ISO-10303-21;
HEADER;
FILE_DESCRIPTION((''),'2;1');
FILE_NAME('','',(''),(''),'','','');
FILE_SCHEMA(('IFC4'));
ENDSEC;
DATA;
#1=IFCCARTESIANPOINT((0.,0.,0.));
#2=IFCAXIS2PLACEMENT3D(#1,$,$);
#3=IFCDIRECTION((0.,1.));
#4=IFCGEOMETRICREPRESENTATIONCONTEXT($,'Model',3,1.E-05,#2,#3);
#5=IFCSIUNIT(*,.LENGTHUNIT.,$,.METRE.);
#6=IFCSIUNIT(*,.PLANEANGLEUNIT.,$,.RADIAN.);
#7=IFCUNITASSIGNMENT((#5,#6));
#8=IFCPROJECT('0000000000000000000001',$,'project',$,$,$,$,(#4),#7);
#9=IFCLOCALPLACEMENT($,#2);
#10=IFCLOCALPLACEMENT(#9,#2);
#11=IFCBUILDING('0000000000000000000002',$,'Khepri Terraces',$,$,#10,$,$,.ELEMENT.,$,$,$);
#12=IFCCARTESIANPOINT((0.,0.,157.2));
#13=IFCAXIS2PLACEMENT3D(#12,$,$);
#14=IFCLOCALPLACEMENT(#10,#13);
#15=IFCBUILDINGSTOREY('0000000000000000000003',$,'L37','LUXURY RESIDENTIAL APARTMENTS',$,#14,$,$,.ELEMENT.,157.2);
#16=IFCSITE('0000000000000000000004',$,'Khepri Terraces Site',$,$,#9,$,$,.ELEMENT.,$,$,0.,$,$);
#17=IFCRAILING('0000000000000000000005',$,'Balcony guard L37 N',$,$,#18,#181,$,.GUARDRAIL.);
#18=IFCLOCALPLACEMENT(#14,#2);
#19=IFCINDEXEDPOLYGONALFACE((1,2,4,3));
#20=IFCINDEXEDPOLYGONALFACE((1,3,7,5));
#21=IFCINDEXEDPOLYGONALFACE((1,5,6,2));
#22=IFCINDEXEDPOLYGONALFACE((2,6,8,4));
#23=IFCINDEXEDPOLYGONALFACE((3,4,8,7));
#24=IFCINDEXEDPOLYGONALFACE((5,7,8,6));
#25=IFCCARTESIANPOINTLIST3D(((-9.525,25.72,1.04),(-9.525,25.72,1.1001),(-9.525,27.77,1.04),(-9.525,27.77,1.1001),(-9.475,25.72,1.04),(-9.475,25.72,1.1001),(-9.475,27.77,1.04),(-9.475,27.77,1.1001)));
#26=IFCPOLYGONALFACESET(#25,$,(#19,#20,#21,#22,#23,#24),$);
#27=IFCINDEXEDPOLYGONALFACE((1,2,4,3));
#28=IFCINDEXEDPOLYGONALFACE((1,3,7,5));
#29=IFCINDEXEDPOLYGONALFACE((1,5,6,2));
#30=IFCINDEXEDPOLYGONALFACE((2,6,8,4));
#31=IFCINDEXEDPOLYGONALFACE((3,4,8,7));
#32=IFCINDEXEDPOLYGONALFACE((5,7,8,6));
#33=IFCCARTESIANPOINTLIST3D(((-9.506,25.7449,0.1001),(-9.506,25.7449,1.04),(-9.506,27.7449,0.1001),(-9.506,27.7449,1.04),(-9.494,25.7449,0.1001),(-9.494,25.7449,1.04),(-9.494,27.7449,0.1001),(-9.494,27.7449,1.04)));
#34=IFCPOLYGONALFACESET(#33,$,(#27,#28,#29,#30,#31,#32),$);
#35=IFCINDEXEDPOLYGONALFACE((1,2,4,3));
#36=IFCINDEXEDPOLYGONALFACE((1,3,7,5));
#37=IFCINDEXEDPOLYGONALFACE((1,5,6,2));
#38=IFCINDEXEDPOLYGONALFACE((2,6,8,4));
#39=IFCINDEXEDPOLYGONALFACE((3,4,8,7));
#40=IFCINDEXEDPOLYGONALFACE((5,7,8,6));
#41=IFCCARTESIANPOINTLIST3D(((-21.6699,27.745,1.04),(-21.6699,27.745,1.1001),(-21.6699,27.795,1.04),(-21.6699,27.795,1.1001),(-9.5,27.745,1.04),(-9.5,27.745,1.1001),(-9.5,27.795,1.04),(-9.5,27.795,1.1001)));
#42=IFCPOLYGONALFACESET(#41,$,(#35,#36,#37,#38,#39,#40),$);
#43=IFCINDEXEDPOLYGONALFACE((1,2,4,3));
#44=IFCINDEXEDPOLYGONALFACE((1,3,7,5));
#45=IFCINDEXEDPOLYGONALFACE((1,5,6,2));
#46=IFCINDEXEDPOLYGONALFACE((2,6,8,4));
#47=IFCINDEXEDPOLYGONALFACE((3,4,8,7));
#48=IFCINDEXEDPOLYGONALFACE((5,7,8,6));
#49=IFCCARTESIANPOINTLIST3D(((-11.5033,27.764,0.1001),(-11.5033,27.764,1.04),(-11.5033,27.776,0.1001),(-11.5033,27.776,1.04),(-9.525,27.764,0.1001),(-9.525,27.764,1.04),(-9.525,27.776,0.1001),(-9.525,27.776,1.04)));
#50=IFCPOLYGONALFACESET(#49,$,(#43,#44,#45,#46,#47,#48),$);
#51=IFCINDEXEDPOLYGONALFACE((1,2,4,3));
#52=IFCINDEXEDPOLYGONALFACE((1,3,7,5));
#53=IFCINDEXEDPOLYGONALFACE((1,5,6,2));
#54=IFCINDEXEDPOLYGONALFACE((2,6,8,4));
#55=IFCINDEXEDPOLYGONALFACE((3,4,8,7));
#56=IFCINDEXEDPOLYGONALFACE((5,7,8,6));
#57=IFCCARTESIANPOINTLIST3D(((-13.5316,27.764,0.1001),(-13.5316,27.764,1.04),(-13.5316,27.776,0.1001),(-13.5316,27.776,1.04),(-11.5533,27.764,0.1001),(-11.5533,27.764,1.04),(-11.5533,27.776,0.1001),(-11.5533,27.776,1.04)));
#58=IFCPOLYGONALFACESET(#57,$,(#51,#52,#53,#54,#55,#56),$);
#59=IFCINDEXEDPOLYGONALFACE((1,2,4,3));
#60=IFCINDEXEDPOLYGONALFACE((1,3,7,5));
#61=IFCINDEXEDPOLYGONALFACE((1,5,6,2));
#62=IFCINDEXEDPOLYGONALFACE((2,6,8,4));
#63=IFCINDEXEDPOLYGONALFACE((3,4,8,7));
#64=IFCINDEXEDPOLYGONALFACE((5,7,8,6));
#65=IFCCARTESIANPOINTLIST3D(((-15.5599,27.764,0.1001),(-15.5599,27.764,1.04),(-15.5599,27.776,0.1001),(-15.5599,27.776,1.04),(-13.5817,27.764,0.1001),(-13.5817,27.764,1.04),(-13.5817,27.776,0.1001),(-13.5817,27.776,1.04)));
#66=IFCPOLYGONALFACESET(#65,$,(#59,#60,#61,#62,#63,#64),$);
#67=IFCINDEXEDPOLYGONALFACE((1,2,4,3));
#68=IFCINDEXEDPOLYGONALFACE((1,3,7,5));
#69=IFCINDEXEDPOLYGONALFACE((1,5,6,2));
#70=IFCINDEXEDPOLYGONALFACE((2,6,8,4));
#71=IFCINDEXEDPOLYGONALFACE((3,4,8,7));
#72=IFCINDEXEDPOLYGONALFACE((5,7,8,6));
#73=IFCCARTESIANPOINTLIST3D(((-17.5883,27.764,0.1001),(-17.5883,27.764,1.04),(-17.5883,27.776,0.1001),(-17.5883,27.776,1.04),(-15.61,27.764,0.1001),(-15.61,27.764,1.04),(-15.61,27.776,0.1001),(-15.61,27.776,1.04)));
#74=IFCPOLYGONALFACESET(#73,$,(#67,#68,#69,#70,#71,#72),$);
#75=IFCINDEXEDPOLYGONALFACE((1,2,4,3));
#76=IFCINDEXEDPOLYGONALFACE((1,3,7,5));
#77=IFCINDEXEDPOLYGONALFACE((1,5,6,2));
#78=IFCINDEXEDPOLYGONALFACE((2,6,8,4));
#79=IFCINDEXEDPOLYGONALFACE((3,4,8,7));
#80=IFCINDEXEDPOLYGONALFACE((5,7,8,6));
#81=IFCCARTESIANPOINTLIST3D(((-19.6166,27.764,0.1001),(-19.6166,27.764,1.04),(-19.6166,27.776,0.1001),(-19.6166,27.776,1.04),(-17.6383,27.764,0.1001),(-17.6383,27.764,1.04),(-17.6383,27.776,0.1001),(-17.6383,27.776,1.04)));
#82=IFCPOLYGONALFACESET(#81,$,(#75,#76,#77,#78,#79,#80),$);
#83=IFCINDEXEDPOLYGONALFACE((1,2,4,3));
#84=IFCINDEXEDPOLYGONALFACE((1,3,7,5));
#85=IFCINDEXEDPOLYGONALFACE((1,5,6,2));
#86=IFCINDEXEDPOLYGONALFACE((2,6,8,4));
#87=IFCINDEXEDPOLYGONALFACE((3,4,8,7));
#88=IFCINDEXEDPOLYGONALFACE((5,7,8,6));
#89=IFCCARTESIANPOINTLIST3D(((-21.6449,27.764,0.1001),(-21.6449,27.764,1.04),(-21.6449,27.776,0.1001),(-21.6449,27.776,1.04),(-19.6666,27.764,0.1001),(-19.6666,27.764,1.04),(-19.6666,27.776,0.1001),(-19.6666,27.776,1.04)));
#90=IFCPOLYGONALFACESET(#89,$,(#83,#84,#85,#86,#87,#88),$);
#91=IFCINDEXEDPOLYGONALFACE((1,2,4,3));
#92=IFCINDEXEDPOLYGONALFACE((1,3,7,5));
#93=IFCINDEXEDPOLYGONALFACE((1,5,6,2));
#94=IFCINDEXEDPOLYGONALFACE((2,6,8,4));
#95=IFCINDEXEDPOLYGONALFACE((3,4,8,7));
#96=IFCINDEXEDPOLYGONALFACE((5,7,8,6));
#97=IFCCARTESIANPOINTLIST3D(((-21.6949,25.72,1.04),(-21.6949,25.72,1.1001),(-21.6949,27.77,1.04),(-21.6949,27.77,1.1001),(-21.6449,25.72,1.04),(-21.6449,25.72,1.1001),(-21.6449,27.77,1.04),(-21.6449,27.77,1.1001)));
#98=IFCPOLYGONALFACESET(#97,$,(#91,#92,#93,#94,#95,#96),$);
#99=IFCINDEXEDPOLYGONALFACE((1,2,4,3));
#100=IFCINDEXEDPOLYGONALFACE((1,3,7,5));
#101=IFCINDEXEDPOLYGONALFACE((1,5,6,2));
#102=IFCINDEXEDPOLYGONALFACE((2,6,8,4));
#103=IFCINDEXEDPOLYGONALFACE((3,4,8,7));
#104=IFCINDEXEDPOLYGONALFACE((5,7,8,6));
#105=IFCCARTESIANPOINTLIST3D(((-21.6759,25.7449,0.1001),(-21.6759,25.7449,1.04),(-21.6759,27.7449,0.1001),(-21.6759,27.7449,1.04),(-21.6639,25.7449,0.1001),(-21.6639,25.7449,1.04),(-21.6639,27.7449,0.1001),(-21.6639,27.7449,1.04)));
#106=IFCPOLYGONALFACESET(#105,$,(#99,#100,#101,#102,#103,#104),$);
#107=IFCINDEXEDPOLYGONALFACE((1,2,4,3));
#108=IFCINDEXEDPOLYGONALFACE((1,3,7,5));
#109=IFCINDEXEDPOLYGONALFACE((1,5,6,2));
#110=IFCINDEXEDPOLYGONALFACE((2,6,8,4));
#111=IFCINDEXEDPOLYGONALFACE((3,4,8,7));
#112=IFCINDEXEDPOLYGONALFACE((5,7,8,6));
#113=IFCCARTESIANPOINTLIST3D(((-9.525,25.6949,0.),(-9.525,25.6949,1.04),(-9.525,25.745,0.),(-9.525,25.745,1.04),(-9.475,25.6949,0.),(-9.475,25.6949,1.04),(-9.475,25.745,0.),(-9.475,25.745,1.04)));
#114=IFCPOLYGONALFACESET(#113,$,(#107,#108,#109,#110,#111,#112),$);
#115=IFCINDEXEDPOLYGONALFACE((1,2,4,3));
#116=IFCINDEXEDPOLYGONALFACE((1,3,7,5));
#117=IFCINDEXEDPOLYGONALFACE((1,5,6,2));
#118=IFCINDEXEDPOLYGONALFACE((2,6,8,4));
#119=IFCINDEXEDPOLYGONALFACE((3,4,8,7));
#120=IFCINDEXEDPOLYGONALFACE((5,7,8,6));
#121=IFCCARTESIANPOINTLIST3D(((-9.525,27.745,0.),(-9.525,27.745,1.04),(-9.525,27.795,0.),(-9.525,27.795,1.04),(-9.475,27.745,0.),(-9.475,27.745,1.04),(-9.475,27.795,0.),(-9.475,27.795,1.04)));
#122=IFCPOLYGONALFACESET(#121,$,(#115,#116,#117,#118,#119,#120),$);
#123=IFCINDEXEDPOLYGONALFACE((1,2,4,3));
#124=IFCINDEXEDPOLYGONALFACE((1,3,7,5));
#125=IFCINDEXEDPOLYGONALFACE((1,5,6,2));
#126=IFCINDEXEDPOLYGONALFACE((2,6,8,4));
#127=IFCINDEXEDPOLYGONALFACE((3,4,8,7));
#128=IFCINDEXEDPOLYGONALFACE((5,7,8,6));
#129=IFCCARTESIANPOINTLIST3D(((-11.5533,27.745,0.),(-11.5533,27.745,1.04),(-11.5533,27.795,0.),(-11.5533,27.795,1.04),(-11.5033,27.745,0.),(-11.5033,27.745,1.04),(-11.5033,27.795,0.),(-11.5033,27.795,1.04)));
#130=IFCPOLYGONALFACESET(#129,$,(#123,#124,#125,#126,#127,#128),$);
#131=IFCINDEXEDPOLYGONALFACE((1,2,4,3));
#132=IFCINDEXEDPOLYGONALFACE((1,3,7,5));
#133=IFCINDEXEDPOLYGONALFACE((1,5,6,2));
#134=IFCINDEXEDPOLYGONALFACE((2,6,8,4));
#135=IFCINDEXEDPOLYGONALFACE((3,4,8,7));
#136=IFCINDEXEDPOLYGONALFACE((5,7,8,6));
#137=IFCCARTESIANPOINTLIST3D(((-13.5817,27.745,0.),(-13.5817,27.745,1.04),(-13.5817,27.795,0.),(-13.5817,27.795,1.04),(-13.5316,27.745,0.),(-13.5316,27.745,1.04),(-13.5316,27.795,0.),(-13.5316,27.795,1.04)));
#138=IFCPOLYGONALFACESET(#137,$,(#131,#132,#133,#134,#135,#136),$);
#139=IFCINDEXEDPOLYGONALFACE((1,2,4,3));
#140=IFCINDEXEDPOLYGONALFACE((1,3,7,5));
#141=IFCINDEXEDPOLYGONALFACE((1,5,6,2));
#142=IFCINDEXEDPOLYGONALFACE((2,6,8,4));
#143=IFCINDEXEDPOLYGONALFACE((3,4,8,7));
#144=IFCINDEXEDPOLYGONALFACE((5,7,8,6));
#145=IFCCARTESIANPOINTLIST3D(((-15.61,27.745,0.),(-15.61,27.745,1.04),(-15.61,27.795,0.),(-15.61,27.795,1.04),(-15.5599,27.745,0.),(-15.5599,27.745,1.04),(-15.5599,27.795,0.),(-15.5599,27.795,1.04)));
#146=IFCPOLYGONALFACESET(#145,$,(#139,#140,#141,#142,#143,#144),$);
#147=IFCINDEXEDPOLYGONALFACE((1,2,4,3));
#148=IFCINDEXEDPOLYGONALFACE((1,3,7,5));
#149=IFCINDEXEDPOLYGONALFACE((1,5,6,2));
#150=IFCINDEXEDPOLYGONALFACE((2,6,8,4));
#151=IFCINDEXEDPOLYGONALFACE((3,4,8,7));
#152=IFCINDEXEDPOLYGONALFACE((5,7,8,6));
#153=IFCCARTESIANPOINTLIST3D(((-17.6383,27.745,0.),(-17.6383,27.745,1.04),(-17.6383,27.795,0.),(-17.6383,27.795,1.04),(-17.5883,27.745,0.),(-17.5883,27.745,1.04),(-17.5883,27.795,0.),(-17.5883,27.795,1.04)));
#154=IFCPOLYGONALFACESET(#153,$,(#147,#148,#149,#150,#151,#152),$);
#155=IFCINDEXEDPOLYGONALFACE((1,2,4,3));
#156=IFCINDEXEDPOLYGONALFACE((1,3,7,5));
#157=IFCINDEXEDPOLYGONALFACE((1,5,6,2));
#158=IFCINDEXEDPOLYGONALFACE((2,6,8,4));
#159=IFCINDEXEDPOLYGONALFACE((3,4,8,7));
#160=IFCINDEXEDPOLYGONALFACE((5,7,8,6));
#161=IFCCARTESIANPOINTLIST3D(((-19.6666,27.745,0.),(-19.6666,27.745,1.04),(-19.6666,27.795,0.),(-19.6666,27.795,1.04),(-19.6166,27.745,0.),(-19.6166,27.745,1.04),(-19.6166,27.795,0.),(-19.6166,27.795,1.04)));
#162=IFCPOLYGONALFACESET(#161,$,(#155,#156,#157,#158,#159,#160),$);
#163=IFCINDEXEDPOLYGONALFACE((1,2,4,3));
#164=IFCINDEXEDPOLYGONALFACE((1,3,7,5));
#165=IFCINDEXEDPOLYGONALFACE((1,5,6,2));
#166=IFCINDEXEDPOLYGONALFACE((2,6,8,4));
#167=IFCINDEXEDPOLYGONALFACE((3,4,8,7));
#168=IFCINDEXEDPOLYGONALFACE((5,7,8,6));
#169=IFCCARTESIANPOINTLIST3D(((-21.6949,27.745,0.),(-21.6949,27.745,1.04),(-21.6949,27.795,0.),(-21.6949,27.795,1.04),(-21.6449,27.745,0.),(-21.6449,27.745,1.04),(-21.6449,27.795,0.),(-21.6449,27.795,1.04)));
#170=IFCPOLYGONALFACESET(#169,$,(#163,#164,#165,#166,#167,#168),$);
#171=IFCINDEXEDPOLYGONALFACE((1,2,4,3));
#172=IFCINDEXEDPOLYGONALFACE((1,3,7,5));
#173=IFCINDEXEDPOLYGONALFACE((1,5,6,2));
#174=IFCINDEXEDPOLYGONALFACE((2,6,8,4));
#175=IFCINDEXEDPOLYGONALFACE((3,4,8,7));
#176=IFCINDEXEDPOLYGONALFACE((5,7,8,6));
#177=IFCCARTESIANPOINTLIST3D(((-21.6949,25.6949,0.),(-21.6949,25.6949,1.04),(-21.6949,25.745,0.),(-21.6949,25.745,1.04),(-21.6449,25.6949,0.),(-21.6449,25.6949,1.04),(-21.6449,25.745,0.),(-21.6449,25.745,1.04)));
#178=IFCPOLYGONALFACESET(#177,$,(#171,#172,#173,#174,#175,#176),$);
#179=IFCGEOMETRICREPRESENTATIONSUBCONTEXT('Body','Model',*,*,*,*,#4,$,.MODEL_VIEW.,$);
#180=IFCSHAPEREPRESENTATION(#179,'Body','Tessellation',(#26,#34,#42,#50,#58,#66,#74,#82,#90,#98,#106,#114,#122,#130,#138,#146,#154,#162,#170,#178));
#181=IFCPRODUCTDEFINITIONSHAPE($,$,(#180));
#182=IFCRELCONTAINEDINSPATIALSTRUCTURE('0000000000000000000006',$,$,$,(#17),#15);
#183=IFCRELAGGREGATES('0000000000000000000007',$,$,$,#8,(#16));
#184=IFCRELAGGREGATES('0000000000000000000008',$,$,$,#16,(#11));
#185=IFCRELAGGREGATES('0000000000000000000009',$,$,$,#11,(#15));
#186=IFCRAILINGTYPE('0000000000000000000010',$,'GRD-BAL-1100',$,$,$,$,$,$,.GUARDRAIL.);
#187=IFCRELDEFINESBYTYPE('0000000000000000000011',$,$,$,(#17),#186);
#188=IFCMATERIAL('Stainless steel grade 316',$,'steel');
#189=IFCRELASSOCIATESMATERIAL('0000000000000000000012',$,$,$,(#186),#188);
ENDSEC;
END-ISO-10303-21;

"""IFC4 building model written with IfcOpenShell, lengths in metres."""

from ifc_helpers import new_model, si_unit, direction, frame, origin, origin_2d, place, context, subcontext, project, spatial, rectangle, extrude, material, type_object, element, save


model = new_model("IFC4")

# Units and contexts
model_context = context("Model", 3, precision=1e-05, world=origin(), true_north=direction((0.0, 1.0)))
body_context = subcontext(model_context, "Body", "Model", "MODEL_VIEW")
ifc_project = project(units=[si_unit("LENGTHUNIT", "METRE"), si_unit("PLANEANGLEUNIT", "RADIAN")], contexts=[model_context])

# Site, building, storey
site_placement = place(None, origin())
site = spatial("IfcSite", under=ifc_project, at=site_placement, Name="Khepri Terraces Site", CompositionType="ELEMENT", RefElevation=0.0)
building_placement = place(site_placement, origin())
building = spatial("IfcBuilding", under=site, at=building_placement, Name="Khepri Terraces", CompositionType="ELEMENT")
storey_placement = place(building_placement, frame((0.0, 0.0, 157.2)))
storey = spatial("IfcBuildingStorey", under=building, at=storey_placement, Name="L37", Description="LUXURY RESIDENTIAL APARTMENTS", CompositionType="ELEMENT", Elevation=157.2)

# Railing
ifc_material_1 = material(Name="Stainless steel grade 316", Category="steel")
railing_type_1 = type_object("IfcRailingType", Name="GRD-BAL-1100", PredefinedType="GUARDRAIL", material=ifc_material_1)
railing_1_placement = place(storey_placement, frame((-9.5, 25.72, 0.0)))
element("IfcRailing", 1, at=railing_1_placement, inside=storey, type_object=railing_type_1, Name="Balcony guard L37 N", PredefinedType="GUARDRAIL", context=body_context, shape_type="SweptSolid", body=[
    extrude(rectangle(XDim=0.05, YDim=0.0601, at=origin_2d()), frame((0.0, 0.0, 1.0701), z_axis=(0.0, 1.0, 0.0), x_axis=(-1.0, 0.0, 0.0)), (0.0, 0.0, 1.0), 2.05),
    extrude(rectangle(XDim=2.0, YDim=0.012, at=origin_2d()), frame((0.0, 1.0249, 0.1001), z_axis=(0.0, 0.0, 1.0), x_axis=(0.0, 1.0, 0.0)), (0.0, 0.0, 1.0), 0.9399),
    extrude(rectangle(XDim=0.05, YDim=0.0601, at=origin_2d()), frame((0.0, 2.05, 1.0701), z_axis=(-1.0, 0.0, 0.0), x_axis=(0.0, -1.0, 0.0)), (0.0, 0.0, 1.0), 12.1699),
    extrude(rectangle(XDim=1.9783, YDim=0.012, at=origin_2d()), frame((-1.0142, 2.05, 0.1001), z_axis=(0.0, 0.0, 1.0), x_axis=(-1.0, 0.0, 0.0)), (0.0, 0.0, 1.0), 0.9399),
    extrude(rectangle(XDim=1.9783, YDim=0.012, at=origin_2d()), frame((-3.0425, 2.05, 0.1001), z_axis=(0.0, 0.0, 1.0), x_axis=(-1.0, 0.0, 0.0)), (0.0, 0.0, 1.0), 0.9399),
    extrude(rectangle(XDim=1.9783, YDim=0.012, at=origin_2d()), frame((-5.0708, 2.05, 0.1001), z_axis=(0.0, 0.0, 1.0), x_axis=(-1.0, 0.0, 0.0)), (0.0, 0.0, 1.0), 0.9399),
    extrude(rectangle(XDim=1.9783, YDim=0.012, at=origin_2d()), frame((-7.0991, 2.05, 0.1001), z_axis=(0.0, 0.0, 1.0), x_axis=(-1.0, 0.0, 0.0)), (0.0, 0.0, 1.0), 0.9399),
    extrude(rectangle(XDim=1.9783, YDim=0.012, at=origin_2d()), frame((-9.1274, 2.05, 0.1001), z_axis=(0.0, 0.0, 1.0), x_axis=(-1.0, 0.0, 0.0)), (0.0, 0.0, 1.0), 0.9399),
    extrude(rectangle(XDim=1.9783, YDim=0.012, at=origin_2d()), frame((-11.1558, 2.05, 0.1001), z_axis=(0.0, 0.0, 1.0), x_axis=(-1.0, 0.0, 0.0)), (0.0, 0.0, 1.0), 0.9399),
    extrude(rectangle(XDim=0.05, YDim=0.0601, at=origin_2d()), frame((-12.1699, 2.05, 1.0701), z_axis=(0.0, -1.0, 0.0), x_axis=(1.0, 0.0, 0.0)), (0.0, 0.0, 1.0), 2.05),
    extrude(rectangle(XDim=2.0, YDim=0.012, at=origin_2d()), frame((-12.1699, 1.0249, 0.1001), z_axis=(0.0, 0.0, 1.0), x_axis=(0.0, -1.0, 0.0)), (0.0, 0.0, 1.0), 0.9399),
    extrude(rectangle(XDim=0.05, YDim=0.05, at=origin_2d()), origin(), (0.0, 0.0, 1.0), 1.04),
    extrude(rectangle(XDim=0.05, YDim=0.05, at=origin_2d()), frame((0.0, 2.05, 0.0)), (0.0, 0.0, 1.0), 1.04),
    extrude(rectangle(XDim=0.05, YDim=0.05, at=origin_2d()), frame((-2.0283, 2.05, 0.0)), (0.0, 0.0, 1.0), 1.04),
    extrude(rectangle(XDim=0.05, YDim=0.05, at=origin_2d()), frame((-4.0566, 2.05, 0.0)), (0.0, 0.0, 1.0), 1.04),
    extrude(rectangle(XDim=0.05, YDim=0.05, at=origin_2d()), frame((-6.085, 2.05, 0.0)), (0.0, 0.0, 1.0), 1.04),
    extrude(rectangle(XDim=0.05, YDim=0.05, at=origin_2d()), frame((-8.1133, 2.05, 0.0)), (0.0, 0.0, 1.0), 1.04),
    extrude(rectangle(XDim=0.05, YDim=0.05, at=origin_2d()), frame((-10.1416, 2.05, 0.0)), (0.0, 0.0, 1.0), 1.04),
    extrude(rectangle(XDim=0.05, YDim=0.05, at=origin_2d()), frame((-12.1699, 2.05, 0.0)), (0.0, 0.0, 1.0), 1.04),
    extrude(rectangle(XDim=0.05, YDim=0.05, at=origin_2d()), frame((-12.1699, 0.0, 0.0)), (0.0, 0.0, 1.0), 1.04),
])

save(model, "model.ifc")
